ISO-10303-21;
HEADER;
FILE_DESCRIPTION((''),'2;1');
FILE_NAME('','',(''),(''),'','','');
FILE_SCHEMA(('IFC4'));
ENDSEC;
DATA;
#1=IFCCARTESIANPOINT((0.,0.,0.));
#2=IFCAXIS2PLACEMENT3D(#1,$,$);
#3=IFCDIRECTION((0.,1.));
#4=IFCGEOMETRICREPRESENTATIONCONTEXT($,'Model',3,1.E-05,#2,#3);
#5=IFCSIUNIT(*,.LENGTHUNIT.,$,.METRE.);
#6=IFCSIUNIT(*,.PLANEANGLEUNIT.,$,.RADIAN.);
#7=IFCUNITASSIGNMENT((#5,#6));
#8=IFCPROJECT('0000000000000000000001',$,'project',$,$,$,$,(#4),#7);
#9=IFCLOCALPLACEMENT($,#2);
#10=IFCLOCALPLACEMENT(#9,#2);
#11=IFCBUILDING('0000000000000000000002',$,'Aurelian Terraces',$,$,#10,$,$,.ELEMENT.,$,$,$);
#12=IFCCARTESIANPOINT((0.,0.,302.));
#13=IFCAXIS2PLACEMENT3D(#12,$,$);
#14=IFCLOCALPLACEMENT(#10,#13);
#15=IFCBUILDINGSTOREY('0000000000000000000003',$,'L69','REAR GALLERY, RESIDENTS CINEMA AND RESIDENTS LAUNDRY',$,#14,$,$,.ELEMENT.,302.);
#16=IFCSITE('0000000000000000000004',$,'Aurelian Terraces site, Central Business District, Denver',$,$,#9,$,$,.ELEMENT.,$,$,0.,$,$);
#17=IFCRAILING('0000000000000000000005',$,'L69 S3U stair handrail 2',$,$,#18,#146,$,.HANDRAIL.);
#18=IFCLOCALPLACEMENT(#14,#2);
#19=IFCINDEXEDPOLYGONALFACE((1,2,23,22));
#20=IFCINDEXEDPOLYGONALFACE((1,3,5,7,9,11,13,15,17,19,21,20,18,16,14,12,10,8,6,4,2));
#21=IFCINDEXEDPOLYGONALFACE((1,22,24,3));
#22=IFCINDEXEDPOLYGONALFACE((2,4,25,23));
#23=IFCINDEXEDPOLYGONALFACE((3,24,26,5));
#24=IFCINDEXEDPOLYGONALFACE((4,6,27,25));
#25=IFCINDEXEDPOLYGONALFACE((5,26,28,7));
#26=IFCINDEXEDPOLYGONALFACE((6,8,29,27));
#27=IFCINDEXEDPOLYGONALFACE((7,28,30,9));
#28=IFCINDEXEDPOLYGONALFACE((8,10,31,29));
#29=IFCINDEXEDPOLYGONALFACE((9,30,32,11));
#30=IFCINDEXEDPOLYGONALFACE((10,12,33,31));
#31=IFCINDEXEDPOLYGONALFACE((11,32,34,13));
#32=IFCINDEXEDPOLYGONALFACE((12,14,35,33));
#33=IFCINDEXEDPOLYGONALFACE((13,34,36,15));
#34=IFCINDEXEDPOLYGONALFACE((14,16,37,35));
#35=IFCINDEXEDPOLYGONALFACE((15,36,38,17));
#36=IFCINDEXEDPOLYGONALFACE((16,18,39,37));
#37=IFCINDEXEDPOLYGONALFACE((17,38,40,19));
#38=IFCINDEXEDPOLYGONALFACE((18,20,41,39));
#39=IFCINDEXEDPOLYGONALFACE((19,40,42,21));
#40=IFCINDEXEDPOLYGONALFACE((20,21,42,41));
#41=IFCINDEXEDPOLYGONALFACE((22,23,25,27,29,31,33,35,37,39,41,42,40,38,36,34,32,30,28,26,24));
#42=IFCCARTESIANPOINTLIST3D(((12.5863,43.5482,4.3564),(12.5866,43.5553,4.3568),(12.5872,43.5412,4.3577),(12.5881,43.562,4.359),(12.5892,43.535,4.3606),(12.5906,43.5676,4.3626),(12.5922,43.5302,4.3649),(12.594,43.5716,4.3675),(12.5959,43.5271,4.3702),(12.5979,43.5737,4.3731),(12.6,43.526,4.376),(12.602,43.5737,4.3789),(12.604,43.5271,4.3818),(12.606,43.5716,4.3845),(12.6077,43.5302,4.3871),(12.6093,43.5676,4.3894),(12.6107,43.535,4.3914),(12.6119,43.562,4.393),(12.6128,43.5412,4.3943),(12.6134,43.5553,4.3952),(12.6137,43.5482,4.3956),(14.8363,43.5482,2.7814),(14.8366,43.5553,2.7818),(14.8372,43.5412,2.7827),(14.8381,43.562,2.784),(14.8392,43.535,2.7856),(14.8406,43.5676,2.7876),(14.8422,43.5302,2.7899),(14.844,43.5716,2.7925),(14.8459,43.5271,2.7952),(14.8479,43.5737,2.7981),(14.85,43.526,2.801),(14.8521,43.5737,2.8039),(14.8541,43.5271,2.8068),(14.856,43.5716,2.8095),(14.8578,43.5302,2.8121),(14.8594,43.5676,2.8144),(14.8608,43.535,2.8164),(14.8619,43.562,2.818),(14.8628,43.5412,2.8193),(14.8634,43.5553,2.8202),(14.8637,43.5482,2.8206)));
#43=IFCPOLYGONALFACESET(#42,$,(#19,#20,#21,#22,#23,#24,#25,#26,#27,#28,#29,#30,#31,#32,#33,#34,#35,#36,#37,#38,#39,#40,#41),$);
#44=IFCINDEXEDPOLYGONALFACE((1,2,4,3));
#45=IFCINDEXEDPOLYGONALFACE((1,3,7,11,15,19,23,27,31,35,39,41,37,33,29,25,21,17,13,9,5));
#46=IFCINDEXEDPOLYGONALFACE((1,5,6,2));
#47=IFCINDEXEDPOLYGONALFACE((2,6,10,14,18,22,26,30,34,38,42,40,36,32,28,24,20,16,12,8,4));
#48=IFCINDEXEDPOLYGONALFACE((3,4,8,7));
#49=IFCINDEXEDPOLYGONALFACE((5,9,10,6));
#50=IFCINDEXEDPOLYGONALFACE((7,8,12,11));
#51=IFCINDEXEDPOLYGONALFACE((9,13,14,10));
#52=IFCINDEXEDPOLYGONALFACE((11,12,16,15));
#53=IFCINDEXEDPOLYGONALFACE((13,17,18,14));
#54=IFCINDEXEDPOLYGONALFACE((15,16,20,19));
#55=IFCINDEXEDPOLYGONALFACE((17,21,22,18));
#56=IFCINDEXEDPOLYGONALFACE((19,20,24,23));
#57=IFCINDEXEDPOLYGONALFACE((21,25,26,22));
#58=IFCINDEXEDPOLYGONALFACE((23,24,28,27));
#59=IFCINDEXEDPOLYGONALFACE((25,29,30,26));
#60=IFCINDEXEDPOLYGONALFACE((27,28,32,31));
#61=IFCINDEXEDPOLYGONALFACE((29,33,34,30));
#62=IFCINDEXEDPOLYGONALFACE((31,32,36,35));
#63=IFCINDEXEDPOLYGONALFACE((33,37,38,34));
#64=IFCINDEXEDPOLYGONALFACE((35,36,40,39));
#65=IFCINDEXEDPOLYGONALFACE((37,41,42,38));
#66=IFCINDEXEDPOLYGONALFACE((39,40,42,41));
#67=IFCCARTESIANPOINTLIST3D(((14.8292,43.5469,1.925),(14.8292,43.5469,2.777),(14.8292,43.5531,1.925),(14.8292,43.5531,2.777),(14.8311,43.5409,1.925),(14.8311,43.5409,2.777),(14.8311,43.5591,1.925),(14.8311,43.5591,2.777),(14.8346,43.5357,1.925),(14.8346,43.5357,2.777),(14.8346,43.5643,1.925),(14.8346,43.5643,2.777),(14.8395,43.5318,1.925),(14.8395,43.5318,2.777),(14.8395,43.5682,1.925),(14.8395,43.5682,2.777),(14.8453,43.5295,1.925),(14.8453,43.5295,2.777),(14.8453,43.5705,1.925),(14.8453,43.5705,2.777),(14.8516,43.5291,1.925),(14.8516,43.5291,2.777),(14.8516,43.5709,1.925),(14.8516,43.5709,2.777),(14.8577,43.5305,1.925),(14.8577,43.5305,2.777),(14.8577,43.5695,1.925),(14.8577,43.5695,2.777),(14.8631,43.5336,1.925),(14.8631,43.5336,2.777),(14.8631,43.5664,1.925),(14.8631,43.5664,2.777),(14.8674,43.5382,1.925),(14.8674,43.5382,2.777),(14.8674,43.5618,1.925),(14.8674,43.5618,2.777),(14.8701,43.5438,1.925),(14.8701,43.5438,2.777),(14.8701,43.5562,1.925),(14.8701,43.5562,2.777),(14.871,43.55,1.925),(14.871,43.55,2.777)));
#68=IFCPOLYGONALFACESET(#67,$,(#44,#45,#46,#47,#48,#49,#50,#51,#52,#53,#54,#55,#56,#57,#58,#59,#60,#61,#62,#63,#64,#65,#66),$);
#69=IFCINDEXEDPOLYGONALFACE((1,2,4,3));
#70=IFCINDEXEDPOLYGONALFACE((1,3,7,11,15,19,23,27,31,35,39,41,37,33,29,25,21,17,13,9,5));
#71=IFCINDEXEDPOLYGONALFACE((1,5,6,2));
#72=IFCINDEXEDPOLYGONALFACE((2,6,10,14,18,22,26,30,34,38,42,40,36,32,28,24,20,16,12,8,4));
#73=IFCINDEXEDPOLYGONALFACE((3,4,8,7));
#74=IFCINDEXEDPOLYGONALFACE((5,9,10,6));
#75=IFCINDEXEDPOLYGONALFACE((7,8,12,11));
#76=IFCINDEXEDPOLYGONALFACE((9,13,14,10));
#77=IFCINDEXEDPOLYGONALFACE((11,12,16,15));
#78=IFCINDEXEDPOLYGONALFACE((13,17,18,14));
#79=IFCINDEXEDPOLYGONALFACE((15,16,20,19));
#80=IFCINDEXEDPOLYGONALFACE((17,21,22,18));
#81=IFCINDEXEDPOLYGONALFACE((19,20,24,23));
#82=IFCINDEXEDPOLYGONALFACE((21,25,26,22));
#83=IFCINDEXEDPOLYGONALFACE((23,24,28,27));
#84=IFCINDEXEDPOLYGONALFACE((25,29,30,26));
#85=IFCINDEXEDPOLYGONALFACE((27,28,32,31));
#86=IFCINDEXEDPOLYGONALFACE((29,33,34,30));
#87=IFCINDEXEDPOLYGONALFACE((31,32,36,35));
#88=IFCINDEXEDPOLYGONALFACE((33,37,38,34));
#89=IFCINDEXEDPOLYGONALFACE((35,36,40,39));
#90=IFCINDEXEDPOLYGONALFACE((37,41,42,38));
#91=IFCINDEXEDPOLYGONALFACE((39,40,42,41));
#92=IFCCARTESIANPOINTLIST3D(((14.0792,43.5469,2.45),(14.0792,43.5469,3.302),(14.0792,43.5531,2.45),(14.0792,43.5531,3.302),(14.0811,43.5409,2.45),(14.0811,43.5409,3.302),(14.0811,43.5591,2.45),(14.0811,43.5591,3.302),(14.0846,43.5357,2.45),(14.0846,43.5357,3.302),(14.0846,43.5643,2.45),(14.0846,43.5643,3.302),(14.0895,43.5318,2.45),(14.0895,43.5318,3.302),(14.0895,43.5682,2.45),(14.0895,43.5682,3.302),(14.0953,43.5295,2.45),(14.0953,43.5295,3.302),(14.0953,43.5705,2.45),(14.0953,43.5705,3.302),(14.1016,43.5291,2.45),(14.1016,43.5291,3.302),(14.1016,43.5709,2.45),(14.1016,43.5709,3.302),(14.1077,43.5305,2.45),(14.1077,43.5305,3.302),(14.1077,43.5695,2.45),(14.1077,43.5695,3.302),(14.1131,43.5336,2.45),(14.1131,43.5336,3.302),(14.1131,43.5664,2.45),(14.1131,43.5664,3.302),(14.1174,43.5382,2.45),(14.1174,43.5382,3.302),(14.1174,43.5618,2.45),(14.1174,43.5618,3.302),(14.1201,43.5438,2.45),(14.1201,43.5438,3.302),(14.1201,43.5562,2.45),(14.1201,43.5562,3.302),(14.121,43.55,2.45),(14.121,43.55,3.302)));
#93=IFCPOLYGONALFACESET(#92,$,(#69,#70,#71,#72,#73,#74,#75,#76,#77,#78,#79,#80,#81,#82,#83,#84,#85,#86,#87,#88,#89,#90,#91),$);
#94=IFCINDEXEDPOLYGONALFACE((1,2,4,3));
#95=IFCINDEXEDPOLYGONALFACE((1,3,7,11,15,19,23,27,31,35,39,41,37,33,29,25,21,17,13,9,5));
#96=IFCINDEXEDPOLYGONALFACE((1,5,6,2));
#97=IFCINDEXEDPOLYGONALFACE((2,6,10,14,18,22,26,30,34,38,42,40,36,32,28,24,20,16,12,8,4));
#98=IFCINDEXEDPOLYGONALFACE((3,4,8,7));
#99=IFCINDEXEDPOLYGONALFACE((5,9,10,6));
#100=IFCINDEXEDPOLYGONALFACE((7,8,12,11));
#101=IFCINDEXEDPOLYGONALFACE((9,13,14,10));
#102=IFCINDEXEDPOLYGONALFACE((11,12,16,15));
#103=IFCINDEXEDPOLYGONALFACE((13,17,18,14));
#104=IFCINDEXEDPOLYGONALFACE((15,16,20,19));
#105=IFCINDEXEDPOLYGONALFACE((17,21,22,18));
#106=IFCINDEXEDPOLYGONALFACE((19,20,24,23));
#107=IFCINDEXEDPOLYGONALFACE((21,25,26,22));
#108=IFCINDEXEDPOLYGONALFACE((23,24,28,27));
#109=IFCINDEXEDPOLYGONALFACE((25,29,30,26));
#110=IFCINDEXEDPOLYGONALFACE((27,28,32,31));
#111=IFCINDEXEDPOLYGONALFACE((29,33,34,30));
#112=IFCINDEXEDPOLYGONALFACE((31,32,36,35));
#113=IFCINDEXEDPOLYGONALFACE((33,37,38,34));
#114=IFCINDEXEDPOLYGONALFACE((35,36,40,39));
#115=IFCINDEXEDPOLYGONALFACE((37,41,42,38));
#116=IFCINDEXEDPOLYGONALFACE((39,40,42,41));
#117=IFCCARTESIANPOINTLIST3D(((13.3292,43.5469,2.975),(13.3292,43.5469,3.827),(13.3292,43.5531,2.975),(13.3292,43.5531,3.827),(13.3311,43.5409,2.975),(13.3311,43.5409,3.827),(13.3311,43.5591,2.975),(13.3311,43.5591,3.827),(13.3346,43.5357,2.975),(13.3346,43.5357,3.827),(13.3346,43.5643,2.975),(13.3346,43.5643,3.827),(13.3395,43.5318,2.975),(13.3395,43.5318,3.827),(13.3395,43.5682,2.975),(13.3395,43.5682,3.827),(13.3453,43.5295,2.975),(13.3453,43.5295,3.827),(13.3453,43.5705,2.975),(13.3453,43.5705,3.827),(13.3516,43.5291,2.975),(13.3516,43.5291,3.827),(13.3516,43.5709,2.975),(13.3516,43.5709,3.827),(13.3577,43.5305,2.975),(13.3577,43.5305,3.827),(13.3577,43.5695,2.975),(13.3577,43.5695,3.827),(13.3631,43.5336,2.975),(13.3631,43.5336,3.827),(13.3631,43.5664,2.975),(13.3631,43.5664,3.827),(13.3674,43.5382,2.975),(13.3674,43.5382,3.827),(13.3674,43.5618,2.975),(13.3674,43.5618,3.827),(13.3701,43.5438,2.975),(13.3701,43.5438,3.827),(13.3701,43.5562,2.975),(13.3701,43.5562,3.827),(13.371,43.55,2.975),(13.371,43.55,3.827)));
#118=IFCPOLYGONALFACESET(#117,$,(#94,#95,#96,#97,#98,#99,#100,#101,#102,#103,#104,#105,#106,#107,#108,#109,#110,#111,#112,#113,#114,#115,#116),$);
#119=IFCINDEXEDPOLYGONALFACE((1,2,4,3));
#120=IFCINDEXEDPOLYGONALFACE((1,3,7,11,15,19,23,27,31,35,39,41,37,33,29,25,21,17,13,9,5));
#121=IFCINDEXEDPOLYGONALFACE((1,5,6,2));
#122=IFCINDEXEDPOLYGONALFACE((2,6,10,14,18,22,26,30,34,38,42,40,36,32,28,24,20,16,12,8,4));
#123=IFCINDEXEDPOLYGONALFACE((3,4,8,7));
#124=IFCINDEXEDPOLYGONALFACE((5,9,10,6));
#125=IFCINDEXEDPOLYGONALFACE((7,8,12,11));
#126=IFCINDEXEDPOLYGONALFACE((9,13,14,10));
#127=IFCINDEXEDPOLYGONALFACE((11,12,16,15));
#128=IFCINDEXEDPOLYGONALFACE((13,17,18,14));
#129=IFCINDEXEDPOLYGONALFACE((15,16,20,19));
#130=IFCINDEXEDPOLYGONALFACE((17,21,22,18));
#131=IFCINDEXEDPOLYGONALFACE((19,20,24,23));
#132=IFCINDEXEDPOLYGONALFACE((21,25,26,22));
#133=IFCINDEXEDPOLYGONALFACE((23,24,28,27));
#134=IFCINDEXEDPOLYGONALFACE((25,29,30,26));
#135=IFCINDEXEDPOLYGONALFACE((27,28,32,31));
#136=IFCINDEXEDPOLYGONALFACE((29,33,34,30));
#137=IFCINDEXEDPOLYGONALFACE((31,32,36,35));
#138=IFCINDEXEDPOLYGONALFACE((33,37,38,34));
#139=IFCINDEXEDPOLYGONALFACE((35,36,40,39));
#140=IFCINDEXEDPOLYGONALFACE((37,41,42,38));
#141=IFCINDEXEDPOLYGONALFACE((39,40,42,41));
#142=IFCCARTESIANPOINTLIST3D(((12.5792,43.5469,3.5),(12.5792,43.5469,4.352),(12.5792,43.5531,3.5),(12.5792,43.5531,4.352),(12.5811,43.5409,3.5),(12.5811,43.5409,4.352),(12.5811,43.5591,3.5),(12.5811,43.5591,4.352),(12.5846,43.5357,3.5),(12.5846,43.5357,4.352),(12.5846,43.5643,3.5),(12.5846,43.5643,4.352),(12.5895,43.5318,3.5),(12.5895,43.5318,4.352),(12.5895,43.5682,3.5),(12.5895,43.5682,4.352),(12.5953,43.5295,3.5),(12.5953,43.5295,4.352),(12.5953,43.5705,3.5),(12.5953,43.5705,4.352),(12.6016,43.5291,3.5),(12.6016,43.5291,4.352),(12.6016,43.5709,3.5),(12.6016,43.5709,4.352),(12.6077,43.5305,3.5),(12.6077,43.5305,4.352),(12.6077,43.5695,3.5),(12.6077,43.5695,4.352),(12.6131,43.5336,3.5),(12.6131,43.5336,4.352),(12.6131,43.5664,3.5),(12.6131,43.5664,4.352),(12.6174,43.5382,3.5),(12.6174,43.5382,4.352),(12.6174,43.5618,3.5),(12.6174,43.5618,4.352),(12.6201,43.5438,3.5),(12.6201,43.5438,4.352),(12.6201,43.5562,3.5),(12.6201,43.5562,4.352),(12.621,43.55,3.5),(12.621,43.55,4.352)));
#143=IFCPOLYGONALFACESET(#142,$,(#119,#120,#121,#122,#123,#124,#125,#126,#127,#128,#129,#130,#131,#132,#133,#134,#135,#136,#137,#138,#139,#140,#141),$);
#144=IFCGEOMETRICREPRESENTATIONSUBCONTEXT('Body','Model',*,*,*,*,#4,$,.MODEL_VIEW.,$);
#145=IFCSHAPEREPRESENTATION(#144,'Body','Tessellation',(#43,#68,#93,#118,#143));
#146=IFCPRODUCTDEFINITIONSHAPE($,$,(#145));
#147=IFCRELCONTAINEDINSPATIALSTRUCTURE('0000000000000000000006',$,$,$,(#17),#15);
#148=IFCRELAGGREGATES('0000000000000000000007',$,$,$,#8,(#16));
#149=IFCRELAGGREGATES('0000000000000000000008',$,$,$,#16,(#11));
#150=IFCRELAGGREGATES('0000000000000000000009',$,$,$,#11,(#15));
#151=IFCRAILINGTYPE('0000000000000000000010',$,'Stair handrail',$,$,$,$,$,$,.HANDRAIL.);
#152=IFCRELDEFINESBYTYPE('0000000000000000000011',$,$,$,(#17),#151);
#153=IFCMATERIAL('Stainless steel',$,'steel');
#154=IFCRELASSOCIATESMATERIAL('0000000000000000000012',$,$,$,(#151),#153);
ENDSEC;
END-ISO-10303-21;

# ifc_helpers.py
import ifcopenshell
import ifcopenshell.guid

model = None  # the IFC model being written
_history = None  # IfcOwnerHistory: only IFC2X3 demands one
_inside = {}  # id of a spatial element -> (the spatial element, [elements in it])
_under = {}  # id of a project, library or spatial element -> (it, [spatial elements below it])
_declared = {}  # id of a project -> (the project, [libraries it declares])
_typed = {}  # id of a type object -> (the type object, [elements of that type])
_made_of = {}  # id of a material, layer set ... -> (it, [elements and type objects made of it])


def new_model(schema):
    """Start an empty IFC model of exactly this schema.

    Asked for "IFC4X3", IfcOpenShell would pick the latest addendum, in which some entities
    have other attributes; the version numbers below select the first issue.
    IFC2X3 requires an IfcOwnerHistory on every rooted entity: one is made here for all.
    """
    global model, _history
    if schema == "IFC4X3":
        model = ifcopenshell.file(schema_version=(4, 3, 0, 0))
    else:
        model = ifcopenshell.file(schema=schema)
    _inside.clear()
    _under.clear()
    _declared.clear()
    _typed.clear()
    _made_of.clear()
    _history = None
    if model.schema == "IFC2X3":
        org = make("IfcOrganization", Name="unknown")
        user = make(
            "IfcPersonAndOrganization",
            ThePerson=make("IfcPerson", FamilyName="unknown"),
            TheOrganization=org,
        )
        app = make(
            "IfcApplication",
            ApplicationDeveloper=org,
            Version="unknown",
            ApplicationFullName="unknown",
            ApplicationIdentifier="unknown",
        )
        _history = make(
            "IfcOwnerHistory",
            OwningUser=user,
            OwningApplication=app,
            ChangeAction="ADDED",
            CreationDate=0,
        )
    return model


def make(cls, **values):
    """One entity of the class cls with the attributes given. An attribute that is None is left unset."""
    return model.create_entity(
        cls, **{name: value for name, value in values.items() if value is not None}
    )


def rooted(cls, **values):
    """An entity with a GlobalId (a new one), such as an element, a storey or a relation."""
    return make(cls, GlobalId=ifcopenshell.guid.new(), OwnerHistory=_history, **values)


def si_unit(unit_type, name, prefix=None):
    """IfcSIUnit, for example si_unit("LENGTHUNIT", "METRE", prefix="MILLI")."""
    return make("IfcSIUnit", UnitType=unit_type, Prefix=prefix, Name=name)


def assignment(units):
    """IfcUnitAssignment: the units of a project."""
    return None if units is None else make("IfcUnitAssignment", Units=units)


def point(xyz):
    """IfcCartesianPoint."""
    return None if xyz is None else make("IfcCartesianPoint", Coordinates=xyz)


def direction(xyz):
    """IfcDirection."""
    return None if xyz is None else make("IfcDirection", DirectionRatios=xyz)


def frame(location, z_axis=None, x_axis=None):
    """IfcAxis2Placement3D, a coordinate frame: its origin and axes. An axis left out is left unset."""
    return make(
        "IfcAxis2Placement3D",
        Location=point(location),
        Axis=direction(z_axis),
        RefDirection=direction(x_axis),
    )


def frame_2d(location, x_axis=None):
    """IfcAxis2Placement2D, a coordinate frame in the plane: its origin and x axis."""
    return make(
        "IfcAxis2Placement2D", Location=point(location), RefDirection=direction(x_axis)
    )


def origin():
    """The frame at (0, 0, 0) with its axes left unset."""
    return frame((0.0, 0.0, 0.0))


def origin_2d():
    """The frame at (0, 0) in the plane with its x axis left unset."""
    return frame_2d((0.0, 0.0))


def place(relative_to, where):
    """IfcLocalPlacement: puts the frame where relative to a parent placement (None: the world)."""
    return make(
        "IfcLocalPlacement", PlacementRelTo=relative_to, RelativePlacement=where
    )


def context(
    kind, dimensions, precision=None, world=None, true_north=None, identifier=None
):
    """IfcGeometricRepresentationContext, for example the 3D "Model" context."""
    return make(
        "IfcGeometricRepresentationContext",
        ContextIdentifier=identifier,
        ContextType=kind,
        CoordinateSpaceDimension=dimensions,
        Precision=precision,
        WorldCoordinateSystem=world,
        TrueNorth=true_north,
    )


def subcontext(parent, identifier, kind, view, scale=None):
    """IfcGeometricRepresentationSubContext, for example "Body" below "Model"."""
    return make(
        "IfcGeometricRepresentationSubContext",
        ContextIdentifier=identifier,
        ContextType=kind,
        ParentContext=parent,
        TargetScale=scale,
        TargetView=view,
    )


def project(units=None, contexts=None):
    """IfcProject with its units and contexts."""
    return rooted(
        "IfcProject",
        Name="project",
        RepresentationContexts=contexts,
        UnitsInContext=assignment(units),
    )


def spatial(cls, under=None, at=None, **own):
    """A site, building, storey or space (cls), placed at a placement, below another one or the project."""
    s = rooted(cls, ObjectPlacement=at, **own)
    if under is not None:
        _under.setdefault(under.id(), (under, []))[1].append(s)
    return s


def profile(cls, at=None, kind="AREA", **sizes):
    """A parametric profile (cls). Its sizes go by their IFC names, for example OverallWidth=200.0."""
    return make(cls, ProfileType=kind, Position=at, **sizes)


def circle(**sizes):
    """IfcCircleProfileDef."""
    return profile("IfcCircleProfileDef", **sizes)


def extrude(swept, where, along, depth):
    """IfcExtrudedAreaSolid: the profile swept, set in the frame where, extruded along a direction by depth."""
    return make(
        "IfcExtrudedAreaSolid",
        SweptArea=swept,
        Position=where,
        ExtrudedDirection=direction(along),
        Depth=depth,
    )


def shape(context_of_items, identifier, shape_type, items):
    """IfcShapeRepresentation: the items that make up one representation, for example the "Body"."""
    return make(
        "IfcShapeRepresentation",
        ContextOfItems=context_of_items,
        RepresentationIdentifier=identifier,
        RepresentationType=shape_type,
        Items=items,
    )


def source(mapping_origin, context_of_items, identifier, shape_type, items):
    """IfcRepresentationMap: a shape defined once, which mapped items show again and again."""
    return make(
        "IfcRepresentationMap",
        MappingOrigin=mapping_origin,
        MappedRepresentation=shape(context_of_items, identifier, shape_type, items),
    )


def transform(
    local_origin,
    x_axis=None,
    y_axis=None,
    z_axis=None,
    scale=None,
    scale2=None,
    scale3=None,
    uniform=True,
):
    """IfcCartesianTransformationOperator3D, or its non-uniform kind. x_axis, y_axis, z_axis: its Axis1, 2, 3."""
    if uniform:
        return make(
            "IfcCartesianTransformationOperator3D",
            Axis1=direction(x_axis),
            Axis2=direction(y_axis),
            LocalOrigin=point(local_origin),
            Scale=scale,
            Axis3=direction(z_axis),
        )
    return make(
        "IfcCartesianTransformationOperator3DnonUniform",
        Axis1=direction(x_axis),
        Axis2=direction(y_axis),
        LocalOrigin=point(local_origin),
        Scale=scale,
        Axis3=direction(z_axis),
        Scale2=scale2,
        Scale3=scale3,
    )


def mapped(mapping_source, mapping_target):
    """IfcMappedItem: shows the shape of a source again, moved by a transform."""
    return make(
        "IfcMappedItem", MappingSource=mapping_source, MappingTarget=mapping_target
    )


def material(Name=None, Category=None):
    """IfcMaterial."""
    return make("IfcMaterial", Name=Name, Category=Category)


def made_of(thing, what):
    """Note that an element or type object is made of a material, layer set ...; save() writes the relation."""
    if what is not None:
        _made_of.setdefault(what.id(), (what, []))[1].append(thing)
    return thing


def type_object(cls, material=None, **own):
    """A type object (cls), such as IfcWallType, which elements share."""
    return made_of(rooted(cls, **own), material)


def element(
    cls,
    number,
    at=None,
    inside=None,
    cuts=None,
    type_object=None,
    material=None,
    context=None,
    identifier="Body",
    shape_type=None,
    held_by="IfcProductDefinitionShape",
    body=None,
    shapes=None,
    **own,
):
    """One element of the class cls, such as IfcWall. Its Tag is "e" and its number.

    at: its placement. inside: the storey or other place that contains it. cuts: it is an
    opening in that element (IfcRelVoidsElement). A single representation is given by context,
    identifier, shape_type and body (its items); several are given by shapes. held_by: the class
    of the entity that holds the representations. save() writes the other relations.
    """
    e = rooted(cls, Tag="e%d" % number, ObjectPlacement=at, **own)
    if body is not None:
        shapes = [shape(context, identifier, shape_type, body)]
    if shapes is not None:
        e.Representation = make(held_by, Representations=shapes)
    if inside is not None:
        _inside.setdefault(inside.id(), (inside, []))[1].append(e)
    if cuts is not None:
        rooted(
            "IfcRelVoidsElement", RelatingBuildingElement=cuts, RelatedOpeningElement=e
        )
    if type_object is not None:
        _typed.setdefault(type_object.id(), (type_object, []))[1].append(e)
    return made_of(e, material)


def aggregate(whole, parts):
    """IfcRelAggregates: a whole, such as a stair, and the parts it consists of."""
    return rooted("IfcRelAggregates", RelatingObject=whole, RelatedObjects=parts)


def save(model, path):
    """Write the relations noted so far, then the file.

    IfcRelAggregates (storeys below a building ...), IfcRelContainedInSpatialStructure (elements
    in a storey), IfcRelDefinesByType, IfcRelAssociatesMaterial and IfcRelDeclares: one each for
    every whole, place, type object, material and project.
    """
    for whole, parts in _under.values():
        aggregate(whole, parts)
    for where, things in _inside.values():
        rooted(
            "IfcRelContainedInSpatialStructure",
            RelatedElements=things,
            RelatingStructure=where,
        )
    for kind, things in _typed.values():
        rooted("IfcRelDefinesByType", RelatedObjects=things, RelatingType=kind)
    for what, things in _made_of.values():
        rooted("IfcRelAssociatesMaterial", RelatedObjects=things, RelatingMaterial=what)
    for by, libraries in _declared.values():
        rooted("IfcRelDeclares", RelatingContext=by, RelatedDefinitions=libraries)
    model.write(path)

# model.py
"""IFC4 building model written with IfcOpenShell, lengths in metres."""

from ifc_helpers import new_model, si_unit, direction, frame, origin, origin_2d, place, context, subcontext, project, spatial, circle, extrude, source, transform, mapped, material, type_object, element, save


model = new_model("IFC4")

# Units and contexts
model_context = context("Model", 3, precision=1e-05, world=origin(), true_north=direction((0.0, 1.0)))
body_context = subcontext(model_context, "Body", "Model", "MODEL_VIEW")
ifc_project = project(units=[si_unit("LENGTHUNIT", "METRE"), si_unit("PLANEANGLEUNIT", "RADIAN")], contexts=[model_context])

# Site, building, storey
site_placement = place(None, origin())
site = spatial("IfcSite", under=ifc_project, at=site_placement, Name="Aurelian Terraces site, Central Business District, Denver", CompositionType="ELEMENT", RefElevation=0.0)
building_placement = place(site_placement, origin())
building = spatial("IfcBuilding", under=site, at=building_placement, Name="Aurelian Terraces", CompositionType="ELEMENT")
storey_placement = place(building_placement, frame((0.0, 0.0, 302.0)))
storey = spatial("IfcBuildingStorey", under=building, at=storey_placement, Name="L69", Description="REAR GALLERY, RESIDENTS CINEMA AND RESIDENTS LAUNDRY", CompositionType="ELEMENT", Elevation=302.0)

# Railing
ifc_material_1 = material(Name="Stainless steel", Category="steel")
railing_type_1 = type_object("IfcRailingType", Name="Stair handrail", PredefinedType="HANDRAIL", material=ifc_material_1)
shared_shape_1 = source(origin(), body_context, "Body", "SweptSolid", [
    extrude(circle(Radius=0.024, at=origin_2d()), frame((0.0, 0.0, 0.876), z_axis=(-0.819232, 0.0, 0.573462), x_axis=(0.0, -1.0, 0.0)), (0.0, 0.0, 1.0), 2.7465),
    extrude(circle(Radius=0.021, at=origin_2d()), origin(), (0.0, 0.0, 1.0), 0.852),
    extrude(circle(Radius=0.021, at=origin_2d()), frame((-0.75, 0.0, 0.525)), (0.0, 0.0, 1.0), 0.852),
    extrude(circle(Radius=0.021, at=origin_2d()), frame((-1.5, 0.0, 1.05)), (0.0, 0.0, 1.0), 0.852),
    extrude(circle(Radius=0.021, at=origin_2d()), frame((-2.25, 0.0, 1.575)), (0.0, 0.0, 1.0), 0.852),
])
railing_1_placement = place(storey_placement, frame((14.85, 43.55, 1.925)))
element("IfcRailing", 1, at=railing_1_placement, inside=storey, type_object=railing_type_1, Name="L69 S3U stair handrail 2", PredefinedType="HANDRAIL", context=body_context, shape_type="MappedRepresentation", body=[
    mapped(shared_shape_1, transform((0.0, 0.0, 0.0), scale=1.0)),
])

save(model, "model.ifc")
